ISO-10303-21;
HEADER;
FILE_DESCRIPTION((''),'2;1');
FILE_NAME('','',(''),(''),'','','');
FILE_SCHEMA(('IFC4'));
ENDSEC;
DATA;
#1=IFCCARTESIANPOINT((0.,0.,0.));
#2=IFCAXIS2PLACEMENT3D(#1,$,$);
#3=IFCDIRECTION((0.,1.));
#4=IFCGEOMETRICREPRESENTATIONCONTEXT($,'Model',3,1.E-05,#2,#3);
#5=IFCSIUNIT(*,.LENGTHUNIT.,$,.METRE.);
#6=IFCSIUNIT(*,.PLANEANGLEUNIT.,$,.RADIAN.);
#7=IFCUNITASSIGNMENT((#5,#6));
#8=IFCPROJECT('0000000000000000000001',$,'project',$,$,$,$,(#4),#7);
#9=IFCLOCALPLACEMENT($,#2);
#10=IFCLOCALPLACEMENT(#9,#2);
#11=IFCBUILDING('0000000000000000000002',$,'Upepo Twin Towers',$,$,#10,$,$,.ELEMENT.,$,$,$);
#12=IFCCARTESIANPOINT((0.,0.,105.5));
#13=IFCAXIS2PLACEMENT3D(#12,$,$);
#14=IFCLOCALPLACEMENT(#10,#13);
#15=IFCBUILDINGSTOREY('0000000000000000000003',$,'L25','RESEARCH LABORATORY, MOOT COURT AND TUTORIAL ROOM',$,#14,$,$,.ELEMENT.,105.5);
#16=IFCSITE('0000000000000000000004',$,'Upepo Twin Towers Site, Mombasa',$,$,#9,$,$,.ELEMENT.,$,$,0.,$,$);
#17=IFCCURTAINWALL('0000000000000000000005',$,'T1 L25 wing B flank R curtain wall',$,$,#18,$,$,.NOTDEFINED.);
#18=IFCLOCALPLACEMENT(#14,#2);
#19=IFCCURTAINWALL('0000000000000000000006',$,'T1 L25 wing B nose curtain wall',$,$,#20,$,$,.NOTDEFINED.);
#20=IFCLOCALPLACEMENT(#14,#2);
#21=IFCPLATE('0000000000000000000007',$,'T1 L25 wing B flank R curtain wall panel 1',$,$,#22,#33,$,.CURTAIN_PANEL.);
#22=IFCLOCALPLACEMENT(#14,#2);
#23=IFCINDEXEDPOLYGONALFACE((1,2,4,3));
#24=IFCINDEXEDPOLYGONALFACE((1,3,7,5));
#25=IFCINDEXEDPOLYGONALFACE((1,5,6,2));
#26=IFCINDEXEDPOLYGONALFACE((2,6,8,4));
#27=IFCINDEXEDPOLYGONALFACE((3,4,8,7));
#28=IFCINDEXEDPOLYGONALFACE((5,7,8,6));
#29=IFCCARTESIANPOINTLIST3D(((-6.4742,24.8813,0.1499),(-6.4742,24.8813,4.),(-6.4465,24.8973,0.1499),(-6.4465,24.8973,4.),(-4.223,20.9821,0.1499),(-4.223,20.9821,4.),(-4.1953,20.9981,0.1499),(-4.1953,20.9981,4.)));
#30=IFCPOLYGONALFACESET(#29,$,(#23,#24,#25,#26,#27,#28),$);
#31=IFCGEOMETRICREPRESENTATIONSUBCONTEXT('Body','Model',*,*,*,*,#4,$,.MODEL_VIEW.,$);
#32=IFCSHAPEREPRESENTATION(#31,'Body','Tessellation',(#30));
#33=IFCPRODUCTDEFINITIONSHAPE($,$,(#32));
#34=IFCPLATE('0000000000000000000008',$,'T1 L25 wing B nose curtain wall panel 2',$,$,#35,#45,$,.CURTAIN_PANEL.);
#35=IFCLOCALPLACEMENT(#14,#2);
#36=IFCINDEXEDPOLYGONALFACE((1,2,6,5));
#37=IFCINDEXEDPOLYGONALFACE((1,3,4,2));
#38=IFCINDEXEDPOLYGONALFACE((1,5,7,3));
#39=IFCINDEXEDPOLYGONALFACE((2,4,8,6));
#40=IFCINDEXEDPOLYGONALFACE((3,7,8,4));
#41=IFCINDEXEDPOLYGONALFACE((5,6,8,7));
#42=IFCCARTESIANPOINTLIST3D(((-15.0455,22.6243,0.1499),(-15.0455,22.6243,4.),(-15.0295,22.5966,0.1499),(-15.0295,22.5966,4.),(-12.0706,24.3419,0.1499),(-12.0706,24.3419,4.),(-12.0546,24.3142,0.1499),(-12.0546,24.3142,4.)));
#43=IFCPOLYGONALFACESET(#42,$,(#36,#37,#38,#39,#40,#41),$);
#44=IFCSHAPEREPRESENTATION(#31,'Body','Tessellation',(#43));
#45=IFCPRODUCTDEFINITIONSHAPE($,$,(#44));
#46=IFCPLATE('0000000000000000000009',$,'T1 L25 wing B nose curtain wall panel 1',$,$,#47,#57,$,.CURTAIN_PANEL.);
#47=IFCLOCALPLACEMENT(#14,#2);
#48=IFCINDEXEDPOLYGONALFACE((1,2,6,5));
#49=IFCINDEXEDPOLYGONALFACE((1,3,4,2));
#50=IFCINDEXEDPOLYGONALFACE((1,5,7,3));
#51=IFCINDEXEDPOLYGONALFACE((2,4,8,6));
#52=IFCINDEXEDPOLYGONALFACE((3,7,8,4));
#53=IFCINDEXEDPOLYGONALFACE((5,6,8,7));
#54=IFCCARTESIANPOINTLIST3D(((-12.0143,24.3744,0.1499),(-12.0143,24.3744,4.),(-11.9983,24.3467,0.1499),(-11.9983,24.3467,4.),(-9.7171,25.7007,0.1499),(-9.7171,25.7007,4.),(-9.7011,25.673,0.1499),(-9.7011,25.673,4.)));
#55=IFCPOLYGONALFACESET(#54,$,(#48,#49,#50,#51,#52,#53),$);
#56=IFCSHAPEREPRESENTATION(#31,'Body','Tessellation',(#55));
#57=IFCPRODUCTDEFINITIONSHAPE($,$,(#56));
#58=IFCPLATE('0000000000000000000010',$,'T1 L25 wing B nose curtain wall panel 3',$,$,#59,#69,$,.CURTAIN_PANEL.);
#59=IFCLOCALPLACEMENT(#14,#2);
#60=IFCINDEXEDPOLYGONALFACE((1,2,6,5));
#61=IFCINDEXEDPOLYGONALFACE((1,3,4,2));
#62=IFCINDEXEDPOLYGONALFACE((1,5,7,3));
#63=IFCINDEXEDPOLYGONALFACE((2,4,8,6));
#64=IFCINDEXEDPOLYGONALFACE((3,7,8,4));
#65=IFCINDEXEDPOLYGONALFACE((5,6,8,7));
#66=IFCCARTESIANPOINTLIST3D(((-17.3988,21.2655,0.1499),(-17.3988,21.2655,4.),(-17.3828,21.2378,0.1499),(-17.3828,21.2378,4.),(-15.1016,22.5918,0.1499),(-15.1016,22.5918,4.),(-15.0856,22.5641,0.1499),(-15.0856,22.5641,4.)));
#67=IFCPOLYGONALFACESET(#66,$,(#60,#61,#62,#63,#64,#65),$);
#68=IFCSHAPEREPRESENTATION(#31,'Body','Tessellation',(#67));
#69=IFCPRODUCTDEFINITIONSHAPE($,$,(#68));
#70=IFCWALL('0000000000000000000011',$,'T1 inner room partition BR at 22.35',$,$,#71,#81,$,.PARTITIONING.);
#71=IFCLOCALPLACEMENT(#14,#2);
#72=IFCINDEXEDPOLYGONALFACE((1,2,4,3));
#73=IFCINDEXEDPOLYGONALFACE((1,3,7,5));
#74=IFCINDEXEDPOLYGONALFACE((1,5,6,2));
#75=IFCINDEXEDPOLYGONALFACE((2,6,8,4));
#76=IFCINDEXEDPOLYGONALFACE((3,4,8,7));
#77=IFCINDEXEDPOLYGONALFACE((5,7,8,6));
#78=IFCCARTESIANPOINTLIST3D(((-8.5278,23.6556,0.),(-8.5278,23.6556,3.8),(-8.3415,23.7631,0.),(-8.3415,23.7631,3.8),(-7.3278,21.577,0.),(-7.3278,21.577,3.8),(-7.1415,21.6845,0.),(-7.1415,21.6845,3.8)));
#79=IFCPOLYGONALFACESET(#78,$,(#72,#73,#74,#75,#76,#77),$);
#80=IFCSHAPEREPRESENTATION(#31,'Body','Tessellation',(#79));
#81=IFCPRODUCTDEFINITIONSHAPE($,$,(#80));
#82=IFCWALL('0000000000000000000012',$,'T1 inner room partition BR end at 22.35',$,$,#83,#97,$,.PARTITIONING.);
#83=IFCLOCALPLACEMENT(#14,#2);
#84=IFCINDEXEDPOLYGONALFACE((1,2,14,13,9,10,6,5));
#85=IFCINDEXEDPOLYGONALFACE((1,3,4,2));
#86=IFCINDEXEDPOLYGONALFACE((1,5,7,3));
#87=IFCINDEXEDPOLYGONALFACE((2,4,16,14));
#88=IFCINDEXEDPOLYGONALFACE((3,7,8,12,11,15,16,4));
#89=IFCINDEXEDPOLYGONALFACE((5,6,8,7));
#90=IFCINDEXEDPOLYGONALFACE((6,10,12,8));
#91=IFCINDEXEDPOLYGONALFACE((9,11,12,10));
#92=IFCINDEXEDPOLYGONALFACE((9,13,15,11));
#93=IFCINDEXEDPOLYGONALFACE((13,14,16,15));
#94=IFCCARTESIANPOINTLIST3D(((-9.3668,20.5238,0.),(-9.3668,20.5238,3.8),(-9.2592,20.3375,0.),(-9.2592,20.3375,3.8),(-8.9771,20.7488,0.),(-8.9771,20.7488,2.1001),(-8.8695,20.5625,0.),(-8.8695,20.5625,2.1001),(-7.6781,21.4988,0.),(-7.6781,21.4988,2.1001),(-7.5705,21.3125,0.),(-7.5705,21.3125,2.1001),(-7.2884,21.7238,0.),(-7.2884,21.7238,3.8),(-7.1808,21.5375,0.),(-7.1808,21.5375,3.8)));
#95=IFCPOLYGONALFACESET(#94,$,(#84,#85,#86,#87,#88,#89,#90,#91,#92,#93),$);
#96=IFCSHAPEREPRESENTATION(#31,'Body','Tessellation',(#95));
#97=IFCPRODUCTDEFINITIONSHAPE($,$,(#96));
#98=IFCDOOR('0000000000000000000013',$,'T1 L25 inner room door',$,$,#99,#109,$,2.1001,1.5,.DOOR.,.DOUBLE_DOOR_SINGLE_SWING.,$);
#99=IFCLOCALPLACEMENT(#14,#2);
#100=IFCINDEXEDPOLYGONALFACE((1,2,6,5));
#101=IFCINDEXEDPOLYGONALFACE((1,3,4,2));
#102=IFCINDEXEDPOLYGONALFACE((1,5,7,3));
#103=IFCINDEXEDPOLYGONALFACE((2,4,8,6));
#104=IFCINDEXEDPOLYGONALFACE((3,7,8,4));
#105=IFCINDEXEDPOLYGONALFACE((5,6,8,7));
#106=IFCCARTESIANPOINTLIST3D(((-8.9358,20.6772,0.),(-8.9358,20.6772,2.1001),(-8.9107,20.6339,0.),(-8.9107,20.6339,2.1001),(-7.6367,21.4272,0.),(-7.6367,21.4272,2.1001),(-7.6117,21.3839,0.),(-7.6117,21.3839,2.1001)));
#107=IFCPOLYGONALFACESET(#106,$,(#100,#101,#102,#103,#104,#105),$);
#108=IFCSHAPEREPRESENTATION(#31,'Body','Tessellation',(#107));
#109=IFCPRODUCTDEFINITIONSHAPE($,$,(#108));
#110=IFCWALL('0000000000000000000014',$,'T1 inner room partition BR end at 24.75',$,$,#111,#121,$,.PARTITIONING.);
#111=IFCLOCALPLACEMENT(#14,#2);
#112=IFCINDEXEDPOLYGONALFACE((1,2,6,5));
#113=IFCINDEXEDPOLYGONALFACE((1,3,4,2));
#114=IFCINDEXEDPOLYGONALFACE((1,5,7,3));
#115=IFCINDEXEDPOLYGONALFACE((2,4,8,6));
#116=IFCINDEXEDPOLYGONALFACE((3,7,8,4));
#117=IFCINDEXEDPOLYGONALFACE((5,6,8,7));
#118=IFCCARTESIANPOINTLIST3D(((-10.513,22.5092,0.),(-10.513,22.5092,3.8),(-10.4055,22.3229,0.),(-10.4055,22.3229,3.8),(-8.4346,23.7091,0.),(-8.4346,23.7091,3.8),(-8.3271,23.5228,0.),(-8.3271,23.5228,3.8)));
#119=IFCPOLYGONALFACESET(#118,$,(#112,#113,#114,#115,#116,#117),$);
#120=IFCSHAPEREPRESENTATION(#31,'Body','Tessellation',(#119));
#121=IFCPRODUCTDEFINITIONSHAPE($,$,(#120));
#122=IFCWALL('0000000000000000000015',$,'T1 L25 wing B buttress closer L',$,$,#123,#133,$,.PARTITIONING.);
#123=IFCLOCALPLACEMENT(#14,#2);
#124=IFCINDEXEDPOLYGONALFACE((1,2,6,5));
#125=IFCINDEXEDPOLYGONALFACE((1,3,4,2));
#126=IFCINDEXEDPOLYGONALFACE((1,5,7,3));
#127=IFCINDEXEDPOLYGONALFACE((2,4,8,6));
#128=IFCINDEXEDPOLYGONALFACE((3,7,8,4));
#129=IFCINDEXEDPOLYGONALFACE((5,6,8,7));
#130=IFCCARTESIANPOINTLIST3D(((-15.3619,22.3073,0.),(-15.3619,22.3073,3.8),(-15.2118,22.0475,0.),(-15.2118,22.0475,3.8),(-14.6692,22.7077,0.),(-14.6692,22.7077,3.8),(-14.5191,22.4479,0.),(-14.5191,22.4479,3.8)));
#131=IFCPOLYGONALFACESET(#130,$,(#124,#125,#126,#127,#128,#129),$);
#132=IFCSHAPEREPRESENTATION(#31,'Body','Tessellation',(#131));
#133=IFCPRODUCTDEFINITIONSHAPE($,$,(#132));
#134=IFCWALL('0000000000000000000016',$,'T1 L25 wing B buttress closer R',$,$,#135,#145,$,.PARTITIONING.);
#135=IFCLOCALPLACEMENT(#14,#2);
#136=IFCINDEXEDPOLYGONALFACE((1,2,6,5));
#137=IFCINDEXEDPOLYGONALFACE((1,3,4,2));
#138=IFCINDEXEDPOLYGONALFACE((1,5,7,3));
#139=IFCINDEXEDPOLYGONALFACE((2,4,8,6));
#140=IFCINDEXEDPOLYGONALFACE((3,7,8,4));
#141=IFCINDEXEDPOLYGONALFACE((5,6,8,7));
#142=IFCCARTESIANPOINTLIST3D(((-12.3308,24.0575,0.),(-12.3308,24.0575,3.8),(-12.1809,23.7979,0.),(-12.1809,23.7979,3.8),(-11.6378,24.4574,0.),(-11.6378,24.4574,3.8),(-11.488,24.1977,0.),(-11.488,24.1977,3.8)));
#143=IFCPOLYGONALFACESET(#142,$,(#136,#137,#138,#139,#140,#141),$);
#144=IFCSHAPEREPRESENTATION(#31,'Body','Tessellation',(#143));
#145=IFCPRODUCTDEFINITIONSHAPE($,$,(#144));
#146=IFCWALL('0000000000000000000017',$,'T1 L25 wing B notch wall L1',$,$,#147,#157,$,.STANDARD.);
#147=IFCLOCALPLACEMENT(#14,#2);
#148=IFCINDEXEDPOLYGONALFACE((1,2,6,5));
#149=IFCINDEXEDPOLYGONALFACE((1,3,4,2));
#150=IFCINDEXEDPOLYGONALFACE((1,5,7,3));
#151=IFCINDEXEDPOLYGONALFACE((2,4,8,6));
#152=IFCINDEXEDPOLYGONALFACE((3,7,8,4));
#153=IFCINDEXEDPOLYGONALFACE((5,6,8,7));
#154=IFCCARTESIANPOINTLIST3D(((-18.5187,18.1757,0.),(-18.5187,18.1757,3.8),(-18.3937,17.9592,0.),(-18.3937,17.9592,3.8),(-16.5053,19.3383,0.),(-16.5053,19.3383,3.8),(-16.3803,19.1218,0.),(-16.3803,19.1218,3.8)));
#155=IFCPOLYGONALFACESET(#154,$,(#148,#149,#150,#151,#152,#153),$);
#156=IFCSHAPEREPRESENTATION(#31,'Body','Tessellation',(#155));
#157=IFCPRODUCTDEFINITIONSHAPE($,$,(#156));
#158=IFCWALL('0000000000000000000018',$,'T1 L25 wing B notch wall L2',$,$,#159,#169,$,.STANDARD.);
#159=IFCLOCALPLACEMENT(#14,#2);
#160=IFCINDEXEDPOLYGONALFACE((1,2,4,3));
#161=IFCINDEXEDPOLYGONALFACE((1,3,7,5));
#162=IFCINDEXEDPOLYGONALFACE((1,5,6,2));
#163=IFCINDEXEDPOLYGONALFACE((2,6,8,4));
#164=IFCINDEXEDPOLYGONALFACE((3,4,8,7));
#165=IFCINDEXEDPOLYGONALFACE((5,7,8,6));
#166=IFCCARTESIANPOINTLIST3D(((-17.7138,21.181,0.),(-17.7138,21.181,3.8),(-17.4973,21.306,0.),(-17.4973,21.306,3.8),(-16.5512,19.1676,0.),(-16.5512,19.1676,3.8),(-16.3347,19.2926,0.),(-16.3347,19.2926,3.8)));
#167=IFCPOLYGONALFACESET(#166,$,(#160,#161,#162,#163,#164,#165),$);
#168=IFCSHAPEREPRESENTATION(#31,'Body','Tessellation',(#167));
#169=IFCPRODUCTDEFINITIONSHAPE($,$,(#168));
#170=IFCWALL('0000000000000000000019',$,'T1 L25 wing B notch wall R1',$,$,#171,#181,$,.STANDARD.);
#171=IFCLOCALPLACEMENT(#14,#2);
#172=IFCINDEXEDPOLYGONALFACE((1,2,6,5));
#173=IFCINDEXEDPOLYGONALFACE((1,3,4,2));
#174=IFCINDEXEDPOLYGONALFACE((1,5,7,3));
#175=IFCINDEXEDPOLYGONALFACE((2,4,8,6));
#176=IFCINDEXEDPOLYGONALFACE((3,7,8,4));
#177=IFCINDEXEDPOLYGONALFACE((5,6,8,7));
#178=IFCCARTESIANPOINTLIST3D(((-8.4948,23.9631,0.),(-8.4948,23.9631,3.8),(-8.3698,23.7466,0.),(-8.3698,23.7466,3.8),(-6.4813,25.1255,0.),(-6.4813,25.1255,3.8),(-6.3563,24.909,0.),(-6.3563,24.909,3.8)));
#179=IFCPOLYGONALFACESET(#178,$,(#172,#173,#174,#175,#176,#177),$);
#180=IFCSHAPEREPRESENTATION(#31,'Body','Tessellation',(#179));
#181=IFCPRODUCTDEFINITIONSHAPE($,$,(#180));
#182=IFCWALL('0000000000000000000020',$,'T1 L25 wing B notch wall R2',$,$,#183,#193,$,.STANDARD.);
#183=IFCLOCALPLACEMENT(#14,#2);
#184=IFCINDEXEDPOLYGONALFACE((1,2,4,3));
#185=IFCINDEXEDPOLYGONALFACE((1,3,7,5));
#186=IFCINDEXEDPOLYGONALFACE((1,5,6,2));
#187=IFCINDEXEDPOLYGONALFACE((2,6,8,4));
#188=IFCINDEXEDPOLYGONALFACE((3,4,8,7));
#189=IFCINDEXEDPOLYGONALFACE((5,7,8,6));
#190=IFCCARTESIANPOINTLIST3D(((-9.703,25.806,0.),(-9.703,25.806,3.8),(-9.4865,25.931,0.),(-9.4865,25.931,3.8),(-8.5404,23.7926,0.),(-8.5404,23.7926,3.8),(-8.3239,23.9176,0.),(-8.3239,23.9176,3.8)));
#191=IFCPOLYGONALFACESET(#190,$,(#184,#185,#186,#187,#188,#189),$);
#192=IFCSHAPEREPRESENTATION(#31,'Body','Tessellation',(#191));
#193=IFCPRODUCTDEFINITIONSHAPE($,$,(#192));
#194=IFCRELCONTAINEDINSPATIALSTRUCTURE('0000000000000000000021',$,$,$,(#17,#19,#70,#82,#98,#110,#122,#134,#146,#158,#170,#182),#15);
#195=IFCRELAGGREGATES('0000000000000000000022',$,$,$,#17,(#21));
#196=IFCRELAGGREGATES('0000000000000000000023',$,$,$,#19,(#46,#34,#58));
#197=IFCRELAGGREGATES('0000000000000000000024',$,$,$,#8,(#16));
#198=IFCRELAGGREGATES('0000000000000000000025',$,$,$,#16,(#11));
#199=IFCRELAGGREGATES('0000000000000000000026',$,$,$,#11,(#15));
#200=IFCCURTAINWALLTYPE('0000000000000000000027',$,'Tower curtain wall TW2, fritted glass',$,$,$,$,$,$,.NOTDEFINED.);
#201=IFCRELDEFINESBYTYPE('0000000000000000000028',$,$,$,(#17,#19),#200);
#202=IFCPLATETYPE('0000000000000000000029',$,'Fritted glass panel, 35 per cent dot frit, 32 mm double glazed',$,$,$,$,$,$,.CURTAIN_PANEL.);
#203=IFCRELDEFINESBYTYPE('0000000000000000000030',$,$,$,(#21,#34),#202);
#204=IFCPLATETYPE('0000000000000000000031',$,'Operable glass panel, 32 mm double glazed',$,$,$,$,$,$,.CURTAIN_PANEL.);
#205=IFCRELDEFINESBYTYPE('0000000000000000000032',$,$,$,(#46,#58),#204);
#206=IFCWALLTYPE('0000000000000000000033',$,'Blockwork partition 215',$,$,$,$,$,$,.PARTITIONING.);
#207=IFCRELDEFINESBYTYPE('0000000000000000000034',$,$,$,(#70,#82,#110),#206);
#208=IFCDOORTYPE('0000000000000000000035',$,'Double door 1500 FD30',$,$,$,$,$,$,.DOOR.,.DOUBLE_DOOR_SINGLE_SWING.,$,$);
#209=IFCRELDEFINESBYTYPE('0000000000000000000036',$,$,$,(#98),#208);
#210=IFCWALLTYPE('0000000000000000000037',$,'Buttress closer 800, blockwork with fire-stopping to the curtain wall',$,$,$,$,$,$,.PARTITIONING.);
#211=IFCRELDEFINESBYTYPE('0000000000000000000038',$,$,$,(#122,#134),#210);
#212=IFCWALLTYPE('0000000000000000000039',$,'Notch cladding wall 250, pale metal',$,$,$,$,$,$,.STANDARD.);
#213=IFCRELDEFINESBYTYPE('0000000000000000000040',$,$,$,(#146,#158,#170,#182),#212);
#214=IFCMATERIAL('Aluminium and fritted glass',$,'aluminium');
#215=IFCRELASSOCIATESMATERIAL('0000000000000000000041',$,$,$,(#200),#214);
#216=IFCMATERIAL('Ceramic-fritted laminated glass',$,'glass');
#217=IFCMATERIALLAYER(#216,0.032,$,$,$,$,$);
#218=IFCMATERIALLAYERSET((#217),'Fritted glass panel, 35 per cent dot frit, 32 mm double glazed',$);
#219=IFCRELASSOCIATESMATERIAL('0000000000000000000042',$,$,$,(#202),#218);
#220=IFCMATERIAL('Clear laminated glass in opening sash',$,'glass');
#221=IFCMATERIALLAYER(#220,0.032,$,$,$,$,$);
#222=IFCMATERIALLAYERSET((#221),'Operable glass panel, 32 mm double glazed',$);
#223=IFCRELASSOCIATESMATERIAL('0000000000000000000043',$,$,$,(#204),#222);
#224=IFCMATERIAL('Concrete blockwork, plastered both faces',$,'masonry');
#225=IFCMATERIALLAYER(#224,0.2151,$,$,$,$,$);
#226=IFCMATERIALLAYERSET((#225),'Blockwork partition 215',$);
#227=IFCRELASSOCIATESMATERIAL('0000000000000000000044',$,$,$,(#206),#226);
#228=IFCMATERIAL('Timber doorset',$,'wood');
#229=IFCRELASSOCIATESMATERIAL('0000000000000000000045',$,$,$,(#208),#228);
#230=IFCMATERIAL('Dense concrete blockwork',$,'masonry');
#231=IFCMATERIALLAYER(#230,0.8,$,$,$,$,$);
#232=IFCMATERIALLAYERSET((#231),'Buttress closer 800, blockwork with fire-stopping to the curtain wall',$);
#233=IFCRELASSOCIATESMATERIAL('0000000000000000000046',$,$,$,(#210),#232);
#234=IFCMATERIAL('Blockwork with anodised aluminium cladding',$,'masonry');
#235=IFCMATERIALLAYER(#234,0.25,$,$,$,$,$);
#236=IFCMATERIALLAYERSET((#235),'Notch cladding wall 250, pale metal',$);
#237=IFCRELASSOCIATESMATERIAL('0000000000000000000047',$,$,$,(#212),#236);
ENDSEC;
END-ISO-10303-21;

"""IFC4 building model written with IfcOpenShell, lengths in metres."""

from ifc_helpers import new_model, si_unit, direction, frame, frame_2d, origin, origin_2d, place, context, subcontext, project, spatial, rectangle, extrude, material, layer, layer_set, type_object, element, fill, aggregate, save


model = new_model("IFC4")

# Units and contexts
model_context = context("Model", 3, precision=1e-05, world=origin(), true_north=direction((0.0, 1.0)))
body_context = subcontext(model_context, "Body", "Model", "MODEL_VIEW")
ifc_project = project(units=[si_unit("LENGTHUNIT", "METRE"), si_unit("PLANEANGLEUNIT", "RADIAN")], contexts=[model_context])

# Site, building, storey
site_placement = place(None, origin())
site = spatial("IfcSite", under=ifc_project, at=site_placement, Name="Upepo Twin Towers Site, Mombasa", CompositionType="ELEMENT", RefElevation=0.0)
building_placement = place(site_placement, origin())
building = spatial("IfcBuilding", under=site, at=building_placement, Name="Upepo Twin Towers", CompositionType="ELEMENT")
storey_placement = place(building_placement, frame((0.0, 0.0, 105.5)))
storey = spatial("IfcBuildingStorey", under=building, at=storey_placement, Name="L25", Description="RESEARCH LABORATORY, MOOT COURT AND TUTORIAL ROOM", CompositionType="ELEMENT", Elevation=105.5)

# Shared definitions
ifc_material_1 = material(Name="Aluminium and fritted glass", Category="aluminium")
curtain_wall_type = type_object("IfcCurtainWallType", Name="Tower curtain wall TW2, fritted glass", PredefinedType="NOTDEFINED", material=ifc_material_1)

# Curtain walls
curtain_wall_1_placement = place(storey_placement, origin())
curtain_wall_1 = element("IfcCurtainWall", 1, at=curtain_wall_1_placement, inside=storey, type_object=curtain_wall_type, Name="T1 L25 wing B flank R curtain wall", PredefinedType="NOTDEFINED")
curtain_wall_2_placement = place(storey_placement, origin())
curtain_wall_2 = element("IfcCurtainWall", 2, at=curtain_wall_2_placement, inside=storey, type_object=curtain_wall_type, Name="T1 L25 wing B nose curtain wall", PredefinedType="NOTDEFINED")

# Plates
ifc_material_2 = material(Name="Ceramic-fritted laminated glass", Category="glass")
ifc_layer_1 = layer(ifc_material_2, 0.032)
ifc_layer_set_1 = layer_set([ifc_layer_1], Name="Fritted glass panel, 35 per cent dot frit, 32 mm double glazed")
plate_type_1 = type_object("IfcPlateType", Name="Fritted glass panel, 35 per cent dot frit, 32 mm double glazed", PredefinedType="CURTAIN_PANEL", material=ifc_layer_set_1)
plate_1_placement = place(storey_placement, frame((-5.3347, 22.9397, 0.1499), z_axis=(0.0, 0.0, 1.0), x_axis=(0.5, -0.866025, 0.0)))
plate_1 = element("IfcPlate", 3, at=plate_1_placement, type_object=plate_type_1, Name="T1 L25 wing B flank R curtain wall panel 1", PredefinedType="CURTAIN_PANEL", context=body_context, shape_type="SweptSolid", body=[
    extrude(rectangle(XDim=4.5024, YDim=0.032, at=origin_2d()), origin(), (0.0, 0.0, 1.0), 3.8501),
])
aggregate(curtain_wall_1, [plate_1])
plate_2_placement = place(storey_placement, frame((-13.55, 23.4692, 0.1499), z_axis=(0.0, 0.0, 1.0), x_axis=(-0.866025, -0.5, 0.0)))
plate_2 = element("IfcPlate", 4, at=plate_2_placement, type_object=plate_type_1, Name="T1 L25 wing B nose curtain wall panel 2", PredefinedType="CURTAIN_PANEL", context=body_context, shape_type="SweptSolid", body=[
    extrude(rectangle(XDim=3.4351, YDim=0.032, at=origin_2d()), origin(), (0.0, 0.0, 1.0), 3.8501),
])
ifc_material_3 = material(Name="Clear laminated glass in opening sash", Category="glass")
ifc_layer_2 = layer(ifc_material_3, 0.032)
ifc_layer_set_2 = layer_set([ifc_layer_2], Name="Operable glass panel, 32 mm double glazed")
plate_type_2 = type_object("IfcPlateType", Name="Operable glass panel, 32 mm double glazed", PredefinedType="CURTAIN_PANEL", material=ifc_layer_set_2)
plate_3_placement = place(storey_placement, frame((-10.8577, 25.0237, 0.1499), z_axis=(0.0, 0.0, 1.0), x_axis=(-0.866025, -0.5, 0.0)))
plate_3 = element("IfcPlate", 5, at=plate_3_placement, type_object=plate_type_2, Name="T1 L25 wing B nose curtain wall panel 1", PredefinedType="CURTAIN_PANEL", context=body_context, shape_type="SweptSolid", body=[
    extrude(rectangle(XDim=2.6526, YDim=0.032, at=origin_2d()), origin(), (0.0, 0.0, 1.0), 3.8501),
])
plate_4_placement = place(storey_placement, frame((-16.2422, 21.9148, 0.1499), z_axis=(0.0, 0.0, 1.0), x_axis=(-0.866025, -0.5, 0.0)))
plate_4 = element("IfcPlate", 6, at=plate_4_placement, type_object=plate_type_2, Name="T1 L25 wing B nose curtain wall panel 3", PredefinedType="CURTAIN_PANEL", context=body_context, shape_type="SweptSolid", body=[
    extrude(rectangle(XDim=2.6526, YDim=0.032, at=origin_2d()), origin(), (0.0, 0.0, 1.0), 3.8501),
])
aggregate(curtain_wall_2, [plate_3, plate_2, plate_4])

# Wall
ifc_material_4 = material(Name="Concrete blockwork, plastered both faces", Category="masonry")
ifc_layer_3 = layer(ifc_material_4, 0.2151)
ifc_layer_set_3 = layer_set([ifc_layer_3], Name="Blockwork partition 215")
wall_type_1 = type_object("IfcWallType", Name="Blockwork partition 215", PredefinedType="PARTITIONING", material=ifc_layer_set_3)
wall_1_placement = place(storey_placement, frame((-7.2346, 21.6306, 0.0), z_axis=(0.0, 0.0, 1.0), x_axis=(-0.499957, 0.86605, 0.0)))
element("IfcWall", 7, at=wall_1_placement, inside=storey, type_object=wall_type_1, Name="T1 inner room partition BR at 22.35", PredefinedType="PARTITIONING", context=body_context, shape_type="SweptSolid", body=[
    extrude(rectangle(XDim=2.4001, YDim=0.2151, at=frame_2d((1.2002, 0.0))), origin(), (0.0, 0.0, 1.0), 3.8),
])

# Wall, opening, door
wall_2_placement = place(storey_placement, frame((-9.313, 20.4307, 0.0), z_axis=(0.0, 0.0, 1.0), x_axis=(0.866025, 0.500001, 0.0)))
wall_2 = element("IfcWall", 8, at=wall_2_placement, inside=storey, type_object=wall_type_1, Name="T1 inner room partition BR end at 22.35", PredefinedType="PARTITIONING", context=body_context, shape_type="SweptSolid", body=[
    extrude(rectangle(XDim=2.3999, YDim=0.2151, at=frame_2d((1.2, 0.0))), origin(), (0.0, 0.0, 1.0), 3.8),
])
opening_placement = place(wall_2_placement, frame((0.45, 0.0, 0.0)))
opening = element("IfcOpeningElement", 9, at=opening_placement, cuts=wall_2, PredefinedType="OPENING", context=body_context, shape_type="SweptSolid", body=[
    extrude(rectangle(XDim=1.5, YDim=2.1001, at=frame_2d((0.75, 1.05))), frame((0.0, 0.1174, 0.0), z_axis=(0.0, -1.0, 0.0), x_axis=(1.0, 0.0, 0.0)), (0.0, 0.0, 1.0), 0.2351),
])
ifc_material_5 = material(Name="Timber doorset", Category="wood")
door_type = type_object("IfcDoorType", Name="Double door 1500 FD30", OperationType="DOUBLE_DOOR_SINGLE_SWING", PredefinedType="DOOR", material=ifc_material_5)
door_placement = place(opening_placement, origin())
door = element("IfcDoor", 10, at=door_placement, inside=storey, type_object=door_type, Name="T1 L25 inner room door", OperationType="DOUBLE_DOOR_SINGLE_SWING", OverallHeight=2.1001, OverallWidth=1.5, PredefinedType="DOOR", context=body_context, shape_type="SweptSolid", body=[
    extrude(rectangle(XDim=1.5, YDim=2.1001, at=frame_2d((0.75, 1.05))), frame((0.0, 0.0249, 0.0), z_axis=(0.0, -1.0, 0.0), x_axis=(1.0, 0.0, 0.0)), (0.0, 0.0, 1.0), 0.05),
])
fill(opening, door)

# Walls
wall_3_placement = place(storey_placement, frame((-10.4592, 22.416, 0.0), z_axis=(0.0, 0.0, 1.0), x_axis=(0.866025, 0.500001, 0.0)))
element("IfcWall", 11, at=wall_3_placement, inside=storey, type_object=wall_type_1, Name="T1 inner room partition BR end at 24.75", PredefinedType="PARTITIONING", context=body_context, shape_type="SweptSolid", body=[
    extrude(rectangle(XDim=2.3999, YDim=0.2151, at=frame_2d((1.2, 0.0))), origin(), (0.0, 0.0, 1.0), 3.8),
])
ifc_material_6 = material(Name="Dense concrete blockwork", Category="masonry")
ifc_layer_4 = layer(ifc_material_6, 0.8)
ifc_layer_set_4 = layer_set([ifc_layer_4], Name="Buttress closer 800, blockwork with fire-stopping to the curtain wall")
wall_type_2 = type_object("IfcWallType", Name="Buttress closer 800, blockwork with fire-stopping to the curtain wall", PredefinedType="PARTITIONING", material=ifc_layer_set_4)
wall_4_placement = place(storey_placement, frame((-14.8655, 22.2478, 0.0), z_axis=(0.0, 0.0, 1.0), x_axis=(-0.500427, 0.865779, 0.0)))
element("IfcWall", 12, at=wall_4_placement, inside=storey, type_object=wall_type_2, Name="T1 L25 wing B buttress closer L", PredefinedType="PARTITIONING", context=body_context, shape_type="SweptSolid", body=[
    extrude(rectangle(XDim=0.3, YDim=0.8, at=frame_2d((0.1499, 0.0))), origin(), (0.0, 0.0, 1.0), 3.8),
])
wall_5_placement = place(storey_placement, frame((-11.8345, 23.9978, 0.0), z_axis=(0.0, 0.0, 1.0), x_axis=(-0.499816, 0.866131, 0.0)))
element("IfcWall", 13, at=wall_5_placement, inside=storey, type_object=wall_type_2, Name="T1 L25 wing B buttress closer R", PredefinedType="PARTITIONING", context=body_context, shape_type="SweptSolid", body=[
    extrude(rectangle(XDim=0.2998, YDim=0.8, at=frame_2d((0.1499, 0.0))), origin(), (0.0, 0.0, 1.0), 3.8),
])
ifc_material_7 = material(Name="Blockwork with anodised aluminium cladding", Category="masonry")
ifc_layer_5 = layer(ifc_material_7, 0.25)
ifc_layer_set_5 = layer_set([ifc_layer_5], Name="Notch cladding wall 250, pale metal")
wall_type_3 = type_object("IfcWallType", Name="Notch cladding wall 250, pale metal", PredefinedType="STANDARD", material=ifc_layer_set_5)
for number, where, z_axis, x_axis, name in (
    (14, (-18.4563, 18.0674, 0.0), (0.0, 0.0, 1.0), (0.865998, 0.500047, 0.0), "T1 L25 wing B notch wall L1"),
    (15, (-16.4429, 19.23, 0.0), (0.0, 0.0, 1.0), (-0.500047, 0.865998, 0.0), "T1 L25 wing B notch wall L2"),
    (16, (-6.4187, 25.0173, 0.0), (0.0, 0.0, 1.0), (-0.866044, -0.499968, 0.0), "T1 L25 wing B notch wall R1"),
    (17, (-8.4321, 23.855, 0.0), (0.0, 0.0, 1.0), (-0.500047, 0.865998, 0.0), "T1 L25 wing B notch wall R2"),
):
    element("IfcWall", number, at=place(storey_placement, frame(where, z_axis=z_axis, x_axis=x_axis)), inside=storey, type_object=wall_type_3, Name=name, PredefinedType="STANDARD", context=body_context, shape_type="SweptSolid", body=[
        extrude(rectangle(XDim=2.325, YDim=0.25, at=frame_2d((1.1626, 0.0))), origin(), (0.0, 0.0, 1.0), 3.8),
    ])

save(model, "model.ifc")
